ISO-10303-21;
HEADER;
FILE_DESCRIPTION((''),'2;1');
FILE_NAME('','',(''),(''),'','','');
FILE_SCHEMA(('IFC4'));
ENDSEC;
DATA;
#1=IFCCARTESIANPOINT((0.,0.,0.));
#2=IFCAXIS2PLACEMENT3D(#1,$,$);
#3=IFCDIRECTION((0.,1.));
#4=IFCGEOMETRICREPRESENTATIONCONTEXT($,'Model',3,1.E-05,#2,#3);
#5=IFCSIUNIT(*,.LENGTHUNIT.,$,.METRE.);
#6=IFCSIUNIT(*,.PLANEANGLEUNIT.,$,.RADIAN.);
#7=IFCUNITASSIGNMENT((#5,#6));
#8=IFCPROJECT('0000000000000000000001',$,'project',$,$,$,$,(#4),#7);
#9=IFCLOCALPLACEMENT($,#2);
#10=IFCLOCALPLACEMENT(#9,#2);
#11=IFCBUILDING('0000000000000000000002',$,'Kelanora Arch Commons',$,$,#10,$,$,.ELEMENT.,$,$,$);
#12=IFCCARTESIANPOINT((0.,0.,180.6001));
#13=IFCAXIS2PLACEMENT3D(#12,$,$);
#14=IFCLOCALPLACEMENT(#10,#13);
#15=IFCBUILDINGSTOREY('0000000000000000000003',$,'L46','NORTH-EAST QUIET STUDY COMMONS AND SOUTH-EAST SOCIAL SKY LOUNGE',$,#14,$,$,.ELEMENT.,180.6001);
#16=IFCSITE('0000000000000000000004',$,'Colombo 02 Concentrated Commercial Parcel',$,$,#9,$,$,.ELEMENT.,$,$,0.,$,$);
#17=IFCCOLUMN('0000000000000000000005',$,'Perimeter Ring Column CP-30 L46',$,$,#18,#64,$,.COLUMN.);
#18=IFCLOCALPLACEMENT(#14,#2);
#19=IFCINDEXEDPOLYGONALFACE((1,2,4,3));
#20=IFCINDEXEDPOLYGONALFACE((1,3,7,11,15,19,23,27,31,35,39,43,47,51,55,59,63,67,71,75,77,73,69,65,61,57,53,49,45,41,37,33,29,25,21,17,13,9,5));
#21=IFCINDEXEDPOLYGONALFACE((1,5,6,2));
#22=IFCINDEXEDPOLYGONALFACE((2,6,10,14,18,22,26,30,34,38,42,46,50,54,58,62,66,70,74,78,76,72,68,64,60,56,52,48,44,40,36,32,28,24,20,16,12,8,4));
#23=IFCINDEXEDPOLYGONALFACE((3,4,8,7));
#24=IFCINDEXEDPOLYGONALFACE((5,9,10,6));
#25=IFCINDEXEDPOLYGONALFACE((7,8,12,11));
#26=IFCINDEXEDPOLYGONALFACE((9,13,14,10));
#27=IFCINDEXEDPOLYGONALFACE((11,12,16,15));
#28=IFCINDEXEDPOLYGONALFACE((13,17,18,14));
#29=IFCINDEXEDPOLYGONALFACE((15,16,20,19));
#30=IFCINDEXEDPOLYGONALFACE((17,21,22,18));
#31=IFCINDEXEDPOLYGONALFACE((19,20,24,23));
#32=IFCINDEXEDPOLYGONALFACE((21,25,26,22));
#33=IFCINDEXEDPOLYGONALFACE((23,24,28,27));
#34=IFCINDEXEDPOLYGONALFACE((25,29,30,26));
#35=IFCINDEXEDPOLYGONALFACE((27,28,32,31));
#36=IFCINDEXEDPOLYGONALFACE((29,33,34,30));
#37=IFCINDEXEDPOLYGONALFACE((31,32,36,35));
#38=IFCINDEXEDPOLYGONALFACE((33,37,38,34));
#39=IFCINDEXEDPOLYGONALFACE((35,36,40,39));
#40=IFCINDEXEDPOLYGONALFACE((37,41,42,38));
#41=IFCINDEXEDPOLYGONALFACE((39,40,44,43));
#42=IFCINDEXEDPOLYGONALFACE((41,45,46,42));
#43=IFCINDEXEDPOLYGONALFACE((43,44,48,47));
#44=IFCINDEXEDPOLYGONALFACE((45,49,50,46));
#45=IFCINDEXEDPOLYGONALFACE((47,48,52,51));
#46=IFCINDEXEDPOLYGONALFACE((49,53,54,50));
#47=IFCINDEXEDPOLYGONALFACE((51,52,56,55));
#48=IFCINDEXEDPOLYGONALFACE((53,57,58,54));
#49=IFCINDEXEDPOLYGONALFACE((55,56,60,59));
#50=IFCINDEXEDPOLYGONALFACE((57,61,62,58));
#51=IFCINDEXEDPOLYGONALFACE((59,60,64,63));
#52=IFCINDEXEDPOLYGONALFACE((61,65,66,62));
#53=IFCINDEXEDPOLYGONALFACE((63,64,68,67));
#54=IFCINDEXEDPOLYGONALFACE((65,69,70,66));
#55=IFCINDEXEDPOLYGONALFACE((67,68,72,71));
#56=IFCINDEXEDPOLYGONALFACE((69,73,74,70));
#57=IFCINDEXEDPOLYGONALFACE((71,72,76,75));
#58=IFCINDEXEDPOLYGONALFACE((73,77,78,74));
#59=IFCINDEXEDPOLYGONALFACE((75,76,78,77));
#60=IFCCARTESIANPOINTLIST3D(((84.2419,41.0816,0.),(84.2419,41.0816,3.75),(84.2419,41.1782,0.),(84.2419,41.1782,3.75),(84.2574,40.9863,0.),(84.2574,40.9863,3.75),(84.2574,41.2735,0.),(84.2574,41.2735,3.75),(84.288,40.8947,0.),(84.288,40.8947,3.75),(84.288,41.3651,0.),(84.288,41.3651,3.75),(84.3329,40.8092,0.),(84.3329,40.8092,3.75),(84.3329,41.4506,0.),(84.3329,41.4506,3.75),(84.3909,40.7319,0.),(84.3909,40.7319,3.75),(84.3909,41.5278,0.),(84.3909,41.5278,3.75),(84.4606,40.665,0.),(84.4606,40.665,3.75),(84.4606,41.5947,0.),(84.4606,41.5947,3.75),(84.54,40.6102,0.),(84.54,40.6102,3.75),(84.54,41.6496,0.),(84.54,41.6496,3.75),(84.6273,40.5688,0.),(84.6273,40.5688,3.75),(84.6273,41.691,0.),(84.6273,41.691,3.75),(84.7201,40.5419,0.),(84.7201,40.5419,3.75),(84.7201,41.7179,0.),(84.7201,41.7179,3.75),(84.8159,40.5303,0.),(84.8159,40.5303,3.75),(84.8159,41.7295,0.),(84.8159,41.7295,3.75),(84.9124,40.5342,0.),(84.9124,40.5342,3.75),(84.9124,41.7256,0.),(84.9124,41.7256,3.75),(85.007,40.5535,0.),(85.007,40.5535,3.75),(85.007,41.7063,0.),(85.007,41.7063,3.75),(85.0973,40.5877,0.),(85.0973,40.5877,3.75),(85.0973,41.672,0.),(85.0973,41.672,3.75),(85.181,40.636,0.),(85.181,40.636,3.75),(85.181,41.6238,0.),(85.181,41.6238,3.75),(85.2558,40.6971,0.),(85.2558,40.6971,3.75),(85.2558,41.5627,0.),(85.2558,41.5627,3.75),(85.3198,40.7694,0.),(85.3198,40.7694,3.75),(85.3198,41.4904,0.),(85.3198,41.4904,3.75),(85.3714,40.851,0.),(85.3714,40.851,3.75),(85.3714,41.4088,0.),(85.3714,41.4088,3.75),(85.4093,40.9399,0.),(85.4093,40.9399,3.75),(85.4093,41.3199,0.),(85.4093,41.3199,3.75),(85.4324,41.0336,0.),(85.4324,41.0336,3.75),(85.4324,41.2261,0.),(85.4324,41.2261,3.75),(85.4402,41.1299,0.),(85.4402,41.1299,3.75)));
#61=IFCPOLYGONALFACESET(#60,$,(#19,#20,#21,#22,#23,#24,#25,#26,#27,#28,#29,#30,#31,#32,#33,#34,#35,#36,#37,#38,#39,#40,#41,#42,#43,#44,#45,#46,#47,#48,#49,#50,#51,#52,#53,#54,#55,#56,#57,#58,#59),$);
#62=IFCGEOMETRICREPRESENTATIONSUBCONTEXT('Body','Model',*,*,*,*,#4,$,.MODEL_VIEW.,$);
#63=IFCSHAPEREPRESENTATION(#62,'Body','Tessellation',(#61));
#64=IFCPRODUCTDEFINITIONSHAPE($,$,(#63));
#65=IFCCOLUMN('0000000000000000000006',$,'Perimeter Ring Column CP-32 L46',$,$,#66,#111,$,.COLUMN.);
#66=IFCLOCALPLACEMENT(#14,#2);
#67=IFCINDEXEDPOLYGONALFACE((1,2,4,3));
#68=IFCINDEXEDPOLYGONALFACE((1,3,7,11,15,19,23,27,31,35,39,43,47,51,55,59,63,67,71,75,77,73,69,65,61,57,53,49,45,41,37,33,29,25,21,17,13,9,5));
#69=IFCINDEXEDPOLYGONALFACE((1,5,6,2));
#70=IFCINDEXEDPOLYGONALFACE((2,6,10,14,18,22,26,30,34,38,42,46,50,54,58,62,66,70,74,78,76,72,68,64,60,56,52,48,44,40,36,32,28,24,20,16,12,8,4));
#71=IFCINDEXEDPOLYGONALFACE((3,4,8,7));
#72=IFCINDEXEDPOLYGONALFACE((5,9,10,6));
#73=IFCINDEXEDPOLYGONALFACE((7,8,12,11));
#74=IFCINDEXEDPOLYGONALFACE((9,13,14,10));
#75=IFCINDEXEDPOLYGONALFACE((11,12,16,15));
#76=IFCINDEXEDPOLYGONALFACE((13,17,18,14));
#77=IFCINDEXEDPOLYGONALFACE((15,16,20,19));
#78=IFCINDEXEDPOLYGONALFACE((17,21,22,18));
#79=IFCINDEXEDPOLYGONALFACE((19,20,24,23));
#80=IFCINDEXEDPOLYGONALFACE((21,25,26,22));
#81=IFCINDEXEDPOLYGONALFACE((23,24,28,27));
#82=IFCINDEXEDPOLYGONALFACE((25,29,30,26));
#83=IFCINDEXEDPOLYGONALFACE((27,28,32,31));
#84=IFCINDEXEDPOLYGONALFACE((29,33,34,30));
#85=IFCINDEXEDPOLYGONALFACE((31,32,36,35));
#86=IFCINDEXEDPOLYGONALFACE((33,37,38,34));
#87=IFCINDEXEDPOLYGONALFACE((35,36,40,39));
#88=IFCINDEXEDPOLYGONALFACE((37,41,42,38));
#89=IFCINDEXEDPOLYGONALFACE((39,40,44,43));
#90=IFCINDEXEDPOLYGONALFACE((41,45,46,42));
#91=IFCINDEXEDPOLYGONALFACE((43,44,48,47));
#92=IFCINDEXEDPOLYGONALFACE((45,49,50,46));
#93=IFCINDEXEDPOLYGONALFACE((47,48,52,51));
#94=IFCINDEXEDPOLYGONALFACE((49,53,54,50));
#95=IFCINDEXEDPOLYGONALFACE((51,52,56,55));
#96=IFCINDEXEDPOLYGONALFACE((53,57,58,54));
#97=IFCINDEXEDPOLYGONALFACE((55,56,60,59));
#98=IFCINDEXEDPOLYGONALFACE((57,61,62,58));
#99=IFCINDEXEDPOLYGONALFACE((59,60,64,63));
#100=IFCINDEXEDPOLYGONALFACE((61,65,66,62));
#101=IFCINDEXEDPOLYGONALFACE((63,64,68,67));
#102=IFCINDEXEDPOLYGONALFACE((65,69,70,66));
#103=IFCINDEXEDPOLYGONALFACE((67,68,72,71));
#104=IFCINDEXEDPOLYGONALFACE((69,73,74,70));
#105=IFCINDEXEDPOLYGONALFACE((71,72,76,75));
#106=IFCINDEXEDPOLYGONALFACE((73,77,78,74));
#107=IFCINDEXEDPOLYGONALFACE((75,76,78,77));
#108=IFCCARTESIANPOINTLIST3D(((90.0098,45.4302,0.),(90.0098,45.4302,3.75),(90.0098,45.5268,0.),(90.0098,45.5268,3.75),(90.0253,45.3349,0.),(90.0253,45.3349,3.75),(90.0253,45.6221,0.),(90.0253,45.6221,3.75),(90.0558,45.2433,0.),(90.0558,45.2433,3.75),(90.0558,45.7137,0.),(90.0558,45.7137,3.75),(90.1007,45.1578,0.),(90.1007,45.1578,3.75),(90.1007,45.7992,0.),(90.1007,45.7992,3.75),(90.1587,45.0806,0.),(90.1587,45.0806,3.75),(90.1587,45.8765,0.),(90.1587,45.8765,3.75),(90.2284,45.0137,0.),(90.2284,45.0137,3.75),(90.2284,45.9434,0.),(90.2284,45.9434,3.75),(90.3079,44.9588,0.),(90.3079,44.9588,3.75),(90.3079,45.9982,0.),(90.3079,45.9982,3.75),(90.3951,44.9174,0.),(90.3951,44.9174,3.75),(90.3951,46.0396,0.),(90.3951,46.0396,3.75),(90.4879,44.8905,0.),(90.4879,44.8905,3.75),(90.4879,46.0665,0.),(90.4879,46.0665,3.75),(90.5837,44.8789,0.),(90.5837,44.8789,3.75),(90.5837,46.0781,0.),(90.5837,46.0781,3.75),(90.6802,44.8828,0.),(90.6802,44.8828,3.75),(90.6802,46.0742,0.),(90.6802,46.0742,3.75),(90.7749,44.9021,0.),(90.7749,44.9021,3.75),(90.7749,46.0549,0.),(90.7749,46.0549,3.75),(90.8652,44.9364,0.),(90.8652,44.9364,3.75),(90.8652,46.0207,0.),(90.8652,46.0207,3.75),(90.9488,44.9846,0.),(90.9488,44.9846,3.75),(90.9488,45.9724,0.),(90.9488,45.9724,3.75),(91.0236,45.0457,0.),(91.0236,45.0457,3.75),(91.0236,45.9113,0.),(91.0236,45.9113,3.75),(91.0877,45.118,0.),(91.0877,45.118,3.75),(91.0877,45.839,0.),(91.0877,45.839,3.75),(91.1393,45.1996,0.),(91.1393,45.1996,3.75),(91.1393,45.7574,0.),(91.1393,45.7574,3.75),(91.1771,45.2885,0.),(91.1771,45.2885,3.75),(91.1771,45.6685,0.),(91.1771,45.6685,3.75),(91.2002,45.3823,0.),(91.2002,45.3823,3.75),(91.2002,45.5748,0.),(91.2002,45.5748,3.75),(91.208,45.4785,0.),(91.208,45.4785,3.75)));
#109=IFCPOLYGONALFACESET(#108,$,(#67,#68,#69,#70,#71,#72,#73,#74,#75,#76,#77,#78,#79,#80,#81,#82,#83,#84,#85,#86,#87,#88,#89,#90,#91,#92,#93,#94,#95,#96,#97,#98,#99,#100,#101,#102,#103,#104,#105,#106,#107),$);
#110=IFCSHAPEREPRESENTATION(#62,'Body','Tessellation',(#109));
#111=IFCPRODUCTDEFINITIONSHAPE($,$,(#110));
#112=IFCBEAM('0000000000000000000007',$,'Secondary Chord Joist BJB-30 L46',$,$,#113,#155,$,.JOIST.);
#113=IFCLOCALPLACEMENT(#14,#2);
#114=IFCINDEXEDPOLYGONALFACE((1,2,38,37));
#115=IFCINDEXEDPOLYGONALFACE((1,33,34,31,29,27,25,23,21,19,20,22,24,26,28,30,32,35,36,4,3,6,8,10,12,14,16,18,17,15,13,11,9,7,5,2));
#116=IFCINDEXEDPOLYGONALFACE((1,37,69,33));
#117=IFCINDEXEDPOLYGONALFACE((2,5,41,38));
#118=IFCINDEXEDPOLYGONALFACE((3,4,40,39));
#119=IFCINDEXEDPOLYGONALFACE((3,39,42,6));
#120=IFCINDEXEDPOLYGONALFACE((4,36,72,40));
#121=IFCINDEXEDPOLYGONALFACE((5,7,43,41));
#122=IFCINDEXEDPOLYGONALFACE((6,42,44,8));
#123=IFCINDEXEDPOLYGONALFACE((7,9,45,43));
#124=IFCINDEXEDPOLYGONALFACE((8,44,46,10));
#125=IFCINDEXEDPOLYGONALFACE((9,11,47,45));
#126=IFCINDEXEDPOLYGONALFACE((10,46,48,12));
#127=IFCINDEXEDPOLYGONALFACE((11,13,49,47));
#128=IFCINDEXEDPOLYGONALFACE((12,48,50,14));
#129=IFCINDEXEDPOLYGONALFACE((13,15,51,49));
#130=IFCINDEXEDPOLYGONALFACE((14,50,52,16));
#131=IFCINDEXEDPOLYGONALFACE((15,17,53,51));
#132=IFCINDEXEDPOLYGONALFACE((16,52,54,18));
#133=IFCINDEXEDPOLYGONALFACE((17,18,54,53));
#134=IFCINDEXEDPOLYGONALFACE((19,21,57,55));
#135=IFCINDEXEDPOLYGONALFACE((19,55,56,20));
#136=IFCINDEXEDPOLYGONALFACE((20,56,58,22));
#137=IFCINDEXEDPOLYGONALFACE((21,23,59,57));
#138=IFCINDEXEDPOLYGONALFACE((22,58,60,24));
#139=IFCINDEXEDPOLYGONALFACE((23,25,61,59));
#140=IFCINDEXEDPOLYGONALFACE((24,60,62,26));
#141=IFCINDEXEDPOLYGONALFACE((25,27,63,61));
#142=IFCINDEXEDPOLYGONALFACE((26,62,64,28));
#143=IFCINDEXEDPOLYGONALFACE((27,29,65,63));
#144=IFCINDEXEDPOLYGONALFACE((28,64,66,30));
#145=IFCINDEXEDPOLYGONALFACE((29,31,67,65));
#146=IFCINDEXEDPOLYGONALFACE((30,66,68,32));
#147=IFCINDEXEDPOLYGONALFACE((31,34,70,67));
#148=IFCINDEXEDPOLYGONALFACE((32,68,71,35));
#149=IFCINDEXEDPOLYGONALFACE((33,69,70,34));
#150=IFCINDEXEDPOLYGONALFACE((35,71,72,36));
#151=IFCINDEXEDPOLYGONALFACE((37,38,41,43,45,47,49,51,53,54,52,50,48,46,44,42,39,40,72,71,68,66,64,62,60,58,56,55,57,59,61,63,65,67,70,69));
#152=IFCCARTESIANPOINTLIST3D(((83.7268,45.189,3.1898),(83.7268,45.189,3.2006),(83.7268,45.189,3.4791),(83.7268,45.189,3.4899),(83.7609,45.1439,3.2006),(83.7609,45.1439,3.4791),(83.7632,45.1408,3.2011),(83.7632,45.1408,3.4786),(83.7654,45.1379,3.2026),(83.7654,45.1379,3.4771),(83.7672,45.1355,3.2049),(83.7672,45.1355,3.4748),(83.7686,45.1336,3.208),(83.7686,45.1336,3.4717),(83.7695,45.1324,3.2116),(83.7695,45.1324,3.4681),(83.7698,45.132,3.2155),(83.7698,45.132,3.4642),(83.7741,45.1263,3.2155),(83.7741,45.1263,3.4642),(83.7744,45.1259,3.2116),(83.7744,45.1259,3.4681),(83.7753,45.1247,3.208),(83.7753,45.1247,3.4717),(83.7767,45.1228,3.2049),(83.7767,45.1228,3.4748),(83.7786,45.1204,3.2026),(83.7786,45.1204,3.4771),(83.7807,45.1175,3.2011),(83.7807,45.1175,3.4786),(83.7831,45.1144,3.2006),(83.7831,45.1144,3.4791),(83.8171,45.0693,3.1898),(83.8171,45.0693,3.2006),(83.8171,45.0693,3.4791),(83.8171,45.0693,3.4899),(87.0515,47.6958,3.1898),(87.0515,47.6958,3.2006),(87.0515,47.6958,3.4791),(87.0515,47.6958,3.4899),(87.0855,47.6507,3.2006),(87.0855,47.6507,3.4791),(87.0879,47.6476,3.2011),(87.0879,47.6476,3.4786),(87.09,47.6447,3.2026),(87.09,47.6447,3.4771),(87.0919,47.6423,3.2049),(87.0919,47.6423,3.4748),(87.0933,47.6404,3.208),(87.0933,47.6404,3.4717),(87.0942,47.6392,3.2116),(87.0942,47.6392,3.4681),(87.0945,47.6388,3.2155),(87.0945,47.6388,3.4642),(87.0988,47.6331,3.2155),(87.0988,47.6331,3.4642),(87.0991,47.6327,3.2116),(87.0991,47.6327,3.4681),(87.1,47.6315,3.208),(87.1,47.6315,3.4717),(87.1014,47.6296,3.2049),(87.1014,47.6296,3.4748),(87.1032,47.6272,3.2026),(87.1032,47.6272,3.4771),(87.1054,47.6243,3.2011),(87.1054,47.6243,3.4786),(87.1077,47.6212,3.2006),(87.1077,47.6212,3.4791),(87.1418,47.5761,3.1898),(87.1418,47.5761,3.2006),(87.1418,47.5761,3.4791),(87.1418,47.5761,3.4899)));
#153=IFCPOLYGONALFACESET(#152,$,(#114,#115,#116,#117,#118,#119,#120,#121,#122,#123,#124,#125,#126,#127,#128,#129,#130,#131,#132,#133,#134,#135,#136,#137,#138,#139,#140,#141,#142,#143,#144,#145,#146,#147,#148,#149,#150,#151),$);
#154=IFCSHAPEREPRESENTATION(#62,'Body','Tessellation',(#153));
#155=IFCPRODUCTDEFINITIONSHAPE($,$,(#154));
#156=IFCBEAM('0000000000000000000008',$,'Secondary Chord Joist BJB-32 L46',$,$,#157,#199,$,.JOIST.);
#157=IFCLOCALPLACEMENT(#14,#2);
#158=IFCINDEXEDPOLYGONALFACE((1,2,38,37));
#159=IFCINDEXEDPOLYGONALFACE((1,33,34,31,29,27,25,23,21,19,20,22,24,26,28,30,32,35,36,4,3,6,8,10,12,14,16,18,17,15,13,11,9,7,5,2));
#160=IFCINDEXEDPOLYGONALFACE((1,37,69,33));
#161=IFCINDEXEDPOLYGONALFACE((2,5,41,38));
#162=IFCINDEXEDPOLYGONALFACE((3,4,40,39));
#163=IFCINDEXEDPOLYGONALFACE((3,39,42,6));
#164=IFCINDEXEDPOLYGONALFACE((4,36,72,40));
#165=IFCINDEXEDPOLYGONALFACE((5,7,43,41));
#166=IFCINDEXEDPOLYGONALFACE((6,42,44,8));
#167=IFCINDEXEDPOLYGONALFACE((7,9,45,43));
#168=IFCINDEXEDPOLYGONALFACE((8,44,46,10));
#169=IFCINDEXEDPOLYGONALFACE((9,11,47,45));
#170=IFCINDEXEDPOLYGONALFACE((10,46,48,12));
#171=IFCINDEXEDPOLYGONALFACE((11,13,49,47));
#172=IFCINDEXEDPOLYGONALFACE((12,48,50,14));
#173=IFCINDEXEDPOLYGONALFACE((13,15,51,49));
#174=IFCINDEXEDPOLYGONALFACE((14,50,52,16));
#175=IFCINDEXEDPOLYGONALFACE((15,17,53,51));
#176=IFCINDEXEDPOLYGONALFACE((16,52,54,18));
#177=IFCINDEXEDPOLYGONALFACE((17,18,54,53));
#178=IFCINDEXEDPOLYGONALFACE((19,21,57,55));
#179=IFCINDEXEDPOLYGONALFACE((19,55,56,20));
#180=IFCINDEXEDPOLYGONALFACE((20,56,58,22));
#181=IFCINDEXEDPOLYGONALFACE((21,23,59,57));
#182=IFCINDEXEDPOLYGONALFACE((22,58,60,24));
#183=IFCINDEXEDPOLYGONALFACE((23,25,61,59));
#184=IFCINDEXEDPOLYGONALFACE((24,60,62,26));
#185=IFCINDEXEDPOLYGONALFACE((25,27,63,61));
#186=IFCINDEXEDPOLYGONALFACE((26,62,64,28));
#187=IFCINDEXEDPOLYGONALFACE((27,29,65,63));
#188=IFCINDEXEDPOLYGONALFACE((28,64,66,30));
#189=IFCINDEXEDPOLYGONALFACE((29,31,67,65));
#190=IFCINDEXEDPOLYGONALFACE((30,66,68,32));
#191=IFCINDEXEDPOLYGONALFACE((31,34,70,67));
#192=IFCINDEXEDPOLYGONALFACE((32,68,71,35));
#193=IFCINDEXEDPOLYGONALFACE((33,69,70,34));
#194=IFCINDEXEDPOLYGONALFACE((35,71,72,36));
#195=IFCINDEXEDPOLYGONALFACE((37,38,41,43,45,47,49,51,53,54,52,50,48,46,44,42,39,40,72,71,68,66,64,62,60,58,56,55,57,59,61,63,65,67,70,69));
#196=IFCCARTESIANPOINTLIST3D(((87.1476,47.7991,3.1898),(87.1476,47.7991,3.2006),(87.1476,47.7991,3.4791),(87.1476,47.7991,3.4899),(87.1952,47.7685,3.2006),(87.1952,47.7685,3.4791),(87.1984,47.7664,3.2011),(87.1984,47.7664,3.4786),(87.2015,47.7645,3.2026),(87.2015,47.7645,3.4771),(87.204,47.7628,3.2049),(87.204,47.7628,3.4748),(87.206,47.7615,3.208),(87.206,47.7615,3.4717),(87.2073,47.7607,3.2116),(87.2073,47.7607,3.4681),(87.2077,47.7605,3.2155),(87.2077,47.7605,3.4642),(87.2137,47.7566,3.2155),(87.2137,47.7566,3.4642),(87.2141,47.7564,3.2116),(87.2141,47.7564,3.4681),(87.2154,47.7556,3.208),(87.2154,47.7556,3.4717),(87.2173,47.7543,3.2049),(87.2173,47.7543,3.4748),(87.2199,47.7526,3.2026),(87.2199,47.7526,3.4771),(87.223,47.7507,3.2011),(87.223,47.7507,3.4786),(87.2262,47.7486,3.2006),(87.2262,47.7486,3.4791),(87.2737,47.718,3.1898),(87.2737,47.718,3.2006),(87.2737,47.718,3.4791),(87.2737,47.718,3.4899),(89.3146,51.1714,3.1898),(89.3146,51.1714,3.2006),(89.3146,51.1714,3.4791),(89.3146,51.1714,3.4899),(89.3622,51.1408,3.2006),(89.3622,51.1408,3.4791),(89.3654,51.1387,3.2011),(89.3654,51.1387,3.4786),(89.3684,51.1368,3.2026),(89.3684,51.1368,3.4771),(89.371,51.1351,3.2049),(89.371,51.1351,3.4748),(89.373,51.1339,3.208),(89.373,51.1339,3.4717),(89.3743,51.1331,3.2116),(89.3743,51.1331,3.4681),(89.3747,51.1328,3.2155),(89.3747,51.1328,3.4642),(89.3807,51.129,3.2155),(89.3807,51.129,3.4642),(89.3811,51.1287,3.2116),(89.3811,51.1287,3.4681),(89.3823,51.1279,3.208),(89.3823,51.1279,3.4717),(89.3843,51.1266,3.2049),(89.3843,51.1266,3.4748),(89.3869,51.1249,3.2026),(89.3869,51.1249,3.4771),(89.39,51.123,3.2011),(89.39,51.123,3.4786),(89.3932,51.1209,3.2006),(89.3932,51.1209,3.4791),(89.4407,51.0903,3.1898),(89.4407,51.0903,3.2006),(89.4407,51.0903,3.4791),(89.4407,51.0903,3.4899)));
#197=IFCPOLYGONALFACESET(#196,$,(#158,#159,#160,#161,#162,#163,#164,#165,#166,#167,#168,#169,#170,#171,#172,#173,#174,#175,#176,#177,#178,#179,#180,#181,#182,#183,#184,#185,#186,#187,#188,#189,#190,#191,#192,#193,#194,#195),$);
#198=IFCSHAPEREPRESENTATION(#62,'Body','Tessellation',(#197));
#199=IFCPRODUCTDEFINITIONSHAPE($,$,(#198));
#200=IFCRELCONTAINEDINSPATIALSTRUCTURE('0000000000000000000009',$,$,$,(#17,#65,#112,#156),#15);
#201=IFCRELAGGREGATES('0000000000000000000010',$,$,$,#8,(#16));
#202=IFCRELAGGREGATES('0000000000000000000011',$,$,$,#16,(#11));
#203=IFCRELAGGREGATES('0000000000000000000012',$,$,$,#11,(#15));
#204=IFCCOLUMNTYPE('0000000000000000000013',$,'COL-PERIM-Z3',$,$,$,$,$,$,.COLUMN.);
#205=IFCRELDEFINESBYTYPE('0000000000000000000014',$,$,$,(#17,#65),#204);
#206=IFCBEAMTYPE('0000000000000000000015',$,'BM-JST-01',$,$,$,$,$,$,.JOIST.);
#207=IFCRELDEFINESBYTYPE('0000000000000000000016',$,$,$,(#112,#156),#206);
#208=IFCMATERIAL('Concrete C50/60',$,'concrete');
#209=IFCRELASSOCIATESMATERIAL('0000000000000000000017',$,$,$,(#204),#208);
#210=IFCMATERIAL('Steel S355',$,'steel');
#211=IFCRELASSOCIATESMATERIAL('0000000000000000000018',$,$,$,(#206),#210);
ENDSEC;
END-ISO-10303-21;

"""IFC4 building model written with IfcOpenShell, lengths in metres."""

from ifc_helpers import new_model, si_unit, direction, frame, origin, origin_2d, place, context, subcontext, project, spatial, circle, i_section, extrude, material, material_profile, profile_set, type_object, element, save


model = new_model("IFC4")

# Units and contexts
model_context = context("Model", 3, precision=1e-05, world=origin(), true_north=direction((0.0, 1.0)))
body_context = subcontext(model_context, "Body", "Model", "MODEL_VIEW")
ifc_project = project(units=[si_unit("LENGTHUNIT", "METRE"), si_unit("PLANEANGLEUNIT", "RADIAN")], contexts=[model_context])

# Site, building, storey
site_placement = place(None, origin())
site = spatial("IfcSite", under=ifc_project, at=site_placement, Name="Colombo 02 Concentrated Commercial Parcel", CompositionType="ELEMENT", RefElevation=0.0)
building_placement = place(site_placement, origin())
building = spatial("IfcBuilding", under=site, at=building_placement, Name="Kelanora Arch Commons", CompositionType="ELEMENT")
storey_placement = place(building_placement, frame((0.0, 0.0, 180.6001)))
storey = spatial("IfcBuildingStorey", under=building, at=storey_placement, Name="L46", Description="NORTH-EAST QUIET STUDY COMMONS AND SOUTH-EAST SOCIAL SKY LOUNGE", CompositionType="ELEMENT", Elevation=180.6001)

# Columns
ifc_material_1 = material(Name="Concrete C50/60", Category="concrete")
ifc_material_profile_1 = material_profile(ifc_material_1, circle(Radius=0.6001, at=origin_2d()), Name="RCC1200")
ifc_profile_set_1 = profile_set([ifc_material_profile_1], Name="Concrete C50/60")
column_type = type_object("IfcColumnType", Name="COL-PERIM-Z3", PredefinedType="COLUMN", material=ifc_profile_set_1)
for number, where, z_axis, x_axis, name in (
    (1, (84.8401, 41.1299, 0.0), (0.0, 0.0, 1.0), (1.0, 0.0, 0.0), "Perimeter Ring Column CP-30 L46"),
    (2, (90.6079, 45.4785, 0.0), (0.0, 0.0, 1.0), (1.0, 0.0, 0.0), "Perimeter Ring Column CP-32 L46"),
):
    element("IfcColumn", number, at=place(storey_placement, frame(where, z_axis=z_axis, x_axis=x_axis)), inside=storey, type_object=column_type, Name=name, PredefinedType="COLUMN", context=body_context, shape_type="SweptSolid", body=[
        extrude(circle(Radius=0.6001, at=origin_2d()), origin(), (0.0, 0.0, 1.0), 3.75),
    ])

# Beams
ifc_material_2 = material(Name="Steel S355", Category="steel")
ifc_material_profile_2 = material_profile(ifc_material_2, i_section(OverallWidth=0.1499, OverallDepth=0.3, WebThickness=0.0071, FlangeThickness=0.0107, FilletRadius=0.0149, at=origin_2d()), Name="IPE300")
ifc_profile_set_2 = profile_set([ifc_material_profile_2], Name="Steel S355")
beam_type_1 = type_object("IfcBeamType", Name="BM-JST-01", PredefinedType="JOIST", material=ifc_profile_set_2)
beam_1_placement = place(storey_placement, frame((83.772, 45.1292, 3.3398), z_axis=(0.798464, 0.602043, 0.0), x_axis=(-0.602043, 0.798464, 0.0)))
element("IfcBeam", 3, at=beam_1_placement, inside=storey, type_object=beam_type_1, Name="Secondary Chord Joist BJB-30 L46", PredefinedType="JOIST", context=body_context, shape_type="SweptSolid", body=[
    extrude(i_section(OverallWidth=0.1499, OverallDepth=0.3, WebThickness=0.0071, FlangeThickness=0.0107, FilletRadius=0.0149, at=origin_2d()), origin(), (0.0, 0.0, 1.0), 4.1638),
])
beam_2_placement = place(storey_placement, frame((87.2107, 47.7585, 3.3398), z_axis=(0.540594, 0.841283, 0.0), x_axis=(-0.841283, 0.540594, 0.0)))
element("IfcBeam", 4, at=beam_2_placement, inside=storey, type_object=beam_type_1, Name="Secondary Chord Joist BJB-32 L46", PredefinedType="JOIST", context=body_context, shape_type="SweptSolid", body=[
    extrude(i_section(OverallWidth=0.1499, OverallDepth=0.3, WebThickness=0.0071, FlangeThickness=0.0107, FilletRadius=0.0149, at=origin_2d()), origin(), (0.0, 0.0, 1.0), 4.0085),
])

save(model, "model.ifc")
